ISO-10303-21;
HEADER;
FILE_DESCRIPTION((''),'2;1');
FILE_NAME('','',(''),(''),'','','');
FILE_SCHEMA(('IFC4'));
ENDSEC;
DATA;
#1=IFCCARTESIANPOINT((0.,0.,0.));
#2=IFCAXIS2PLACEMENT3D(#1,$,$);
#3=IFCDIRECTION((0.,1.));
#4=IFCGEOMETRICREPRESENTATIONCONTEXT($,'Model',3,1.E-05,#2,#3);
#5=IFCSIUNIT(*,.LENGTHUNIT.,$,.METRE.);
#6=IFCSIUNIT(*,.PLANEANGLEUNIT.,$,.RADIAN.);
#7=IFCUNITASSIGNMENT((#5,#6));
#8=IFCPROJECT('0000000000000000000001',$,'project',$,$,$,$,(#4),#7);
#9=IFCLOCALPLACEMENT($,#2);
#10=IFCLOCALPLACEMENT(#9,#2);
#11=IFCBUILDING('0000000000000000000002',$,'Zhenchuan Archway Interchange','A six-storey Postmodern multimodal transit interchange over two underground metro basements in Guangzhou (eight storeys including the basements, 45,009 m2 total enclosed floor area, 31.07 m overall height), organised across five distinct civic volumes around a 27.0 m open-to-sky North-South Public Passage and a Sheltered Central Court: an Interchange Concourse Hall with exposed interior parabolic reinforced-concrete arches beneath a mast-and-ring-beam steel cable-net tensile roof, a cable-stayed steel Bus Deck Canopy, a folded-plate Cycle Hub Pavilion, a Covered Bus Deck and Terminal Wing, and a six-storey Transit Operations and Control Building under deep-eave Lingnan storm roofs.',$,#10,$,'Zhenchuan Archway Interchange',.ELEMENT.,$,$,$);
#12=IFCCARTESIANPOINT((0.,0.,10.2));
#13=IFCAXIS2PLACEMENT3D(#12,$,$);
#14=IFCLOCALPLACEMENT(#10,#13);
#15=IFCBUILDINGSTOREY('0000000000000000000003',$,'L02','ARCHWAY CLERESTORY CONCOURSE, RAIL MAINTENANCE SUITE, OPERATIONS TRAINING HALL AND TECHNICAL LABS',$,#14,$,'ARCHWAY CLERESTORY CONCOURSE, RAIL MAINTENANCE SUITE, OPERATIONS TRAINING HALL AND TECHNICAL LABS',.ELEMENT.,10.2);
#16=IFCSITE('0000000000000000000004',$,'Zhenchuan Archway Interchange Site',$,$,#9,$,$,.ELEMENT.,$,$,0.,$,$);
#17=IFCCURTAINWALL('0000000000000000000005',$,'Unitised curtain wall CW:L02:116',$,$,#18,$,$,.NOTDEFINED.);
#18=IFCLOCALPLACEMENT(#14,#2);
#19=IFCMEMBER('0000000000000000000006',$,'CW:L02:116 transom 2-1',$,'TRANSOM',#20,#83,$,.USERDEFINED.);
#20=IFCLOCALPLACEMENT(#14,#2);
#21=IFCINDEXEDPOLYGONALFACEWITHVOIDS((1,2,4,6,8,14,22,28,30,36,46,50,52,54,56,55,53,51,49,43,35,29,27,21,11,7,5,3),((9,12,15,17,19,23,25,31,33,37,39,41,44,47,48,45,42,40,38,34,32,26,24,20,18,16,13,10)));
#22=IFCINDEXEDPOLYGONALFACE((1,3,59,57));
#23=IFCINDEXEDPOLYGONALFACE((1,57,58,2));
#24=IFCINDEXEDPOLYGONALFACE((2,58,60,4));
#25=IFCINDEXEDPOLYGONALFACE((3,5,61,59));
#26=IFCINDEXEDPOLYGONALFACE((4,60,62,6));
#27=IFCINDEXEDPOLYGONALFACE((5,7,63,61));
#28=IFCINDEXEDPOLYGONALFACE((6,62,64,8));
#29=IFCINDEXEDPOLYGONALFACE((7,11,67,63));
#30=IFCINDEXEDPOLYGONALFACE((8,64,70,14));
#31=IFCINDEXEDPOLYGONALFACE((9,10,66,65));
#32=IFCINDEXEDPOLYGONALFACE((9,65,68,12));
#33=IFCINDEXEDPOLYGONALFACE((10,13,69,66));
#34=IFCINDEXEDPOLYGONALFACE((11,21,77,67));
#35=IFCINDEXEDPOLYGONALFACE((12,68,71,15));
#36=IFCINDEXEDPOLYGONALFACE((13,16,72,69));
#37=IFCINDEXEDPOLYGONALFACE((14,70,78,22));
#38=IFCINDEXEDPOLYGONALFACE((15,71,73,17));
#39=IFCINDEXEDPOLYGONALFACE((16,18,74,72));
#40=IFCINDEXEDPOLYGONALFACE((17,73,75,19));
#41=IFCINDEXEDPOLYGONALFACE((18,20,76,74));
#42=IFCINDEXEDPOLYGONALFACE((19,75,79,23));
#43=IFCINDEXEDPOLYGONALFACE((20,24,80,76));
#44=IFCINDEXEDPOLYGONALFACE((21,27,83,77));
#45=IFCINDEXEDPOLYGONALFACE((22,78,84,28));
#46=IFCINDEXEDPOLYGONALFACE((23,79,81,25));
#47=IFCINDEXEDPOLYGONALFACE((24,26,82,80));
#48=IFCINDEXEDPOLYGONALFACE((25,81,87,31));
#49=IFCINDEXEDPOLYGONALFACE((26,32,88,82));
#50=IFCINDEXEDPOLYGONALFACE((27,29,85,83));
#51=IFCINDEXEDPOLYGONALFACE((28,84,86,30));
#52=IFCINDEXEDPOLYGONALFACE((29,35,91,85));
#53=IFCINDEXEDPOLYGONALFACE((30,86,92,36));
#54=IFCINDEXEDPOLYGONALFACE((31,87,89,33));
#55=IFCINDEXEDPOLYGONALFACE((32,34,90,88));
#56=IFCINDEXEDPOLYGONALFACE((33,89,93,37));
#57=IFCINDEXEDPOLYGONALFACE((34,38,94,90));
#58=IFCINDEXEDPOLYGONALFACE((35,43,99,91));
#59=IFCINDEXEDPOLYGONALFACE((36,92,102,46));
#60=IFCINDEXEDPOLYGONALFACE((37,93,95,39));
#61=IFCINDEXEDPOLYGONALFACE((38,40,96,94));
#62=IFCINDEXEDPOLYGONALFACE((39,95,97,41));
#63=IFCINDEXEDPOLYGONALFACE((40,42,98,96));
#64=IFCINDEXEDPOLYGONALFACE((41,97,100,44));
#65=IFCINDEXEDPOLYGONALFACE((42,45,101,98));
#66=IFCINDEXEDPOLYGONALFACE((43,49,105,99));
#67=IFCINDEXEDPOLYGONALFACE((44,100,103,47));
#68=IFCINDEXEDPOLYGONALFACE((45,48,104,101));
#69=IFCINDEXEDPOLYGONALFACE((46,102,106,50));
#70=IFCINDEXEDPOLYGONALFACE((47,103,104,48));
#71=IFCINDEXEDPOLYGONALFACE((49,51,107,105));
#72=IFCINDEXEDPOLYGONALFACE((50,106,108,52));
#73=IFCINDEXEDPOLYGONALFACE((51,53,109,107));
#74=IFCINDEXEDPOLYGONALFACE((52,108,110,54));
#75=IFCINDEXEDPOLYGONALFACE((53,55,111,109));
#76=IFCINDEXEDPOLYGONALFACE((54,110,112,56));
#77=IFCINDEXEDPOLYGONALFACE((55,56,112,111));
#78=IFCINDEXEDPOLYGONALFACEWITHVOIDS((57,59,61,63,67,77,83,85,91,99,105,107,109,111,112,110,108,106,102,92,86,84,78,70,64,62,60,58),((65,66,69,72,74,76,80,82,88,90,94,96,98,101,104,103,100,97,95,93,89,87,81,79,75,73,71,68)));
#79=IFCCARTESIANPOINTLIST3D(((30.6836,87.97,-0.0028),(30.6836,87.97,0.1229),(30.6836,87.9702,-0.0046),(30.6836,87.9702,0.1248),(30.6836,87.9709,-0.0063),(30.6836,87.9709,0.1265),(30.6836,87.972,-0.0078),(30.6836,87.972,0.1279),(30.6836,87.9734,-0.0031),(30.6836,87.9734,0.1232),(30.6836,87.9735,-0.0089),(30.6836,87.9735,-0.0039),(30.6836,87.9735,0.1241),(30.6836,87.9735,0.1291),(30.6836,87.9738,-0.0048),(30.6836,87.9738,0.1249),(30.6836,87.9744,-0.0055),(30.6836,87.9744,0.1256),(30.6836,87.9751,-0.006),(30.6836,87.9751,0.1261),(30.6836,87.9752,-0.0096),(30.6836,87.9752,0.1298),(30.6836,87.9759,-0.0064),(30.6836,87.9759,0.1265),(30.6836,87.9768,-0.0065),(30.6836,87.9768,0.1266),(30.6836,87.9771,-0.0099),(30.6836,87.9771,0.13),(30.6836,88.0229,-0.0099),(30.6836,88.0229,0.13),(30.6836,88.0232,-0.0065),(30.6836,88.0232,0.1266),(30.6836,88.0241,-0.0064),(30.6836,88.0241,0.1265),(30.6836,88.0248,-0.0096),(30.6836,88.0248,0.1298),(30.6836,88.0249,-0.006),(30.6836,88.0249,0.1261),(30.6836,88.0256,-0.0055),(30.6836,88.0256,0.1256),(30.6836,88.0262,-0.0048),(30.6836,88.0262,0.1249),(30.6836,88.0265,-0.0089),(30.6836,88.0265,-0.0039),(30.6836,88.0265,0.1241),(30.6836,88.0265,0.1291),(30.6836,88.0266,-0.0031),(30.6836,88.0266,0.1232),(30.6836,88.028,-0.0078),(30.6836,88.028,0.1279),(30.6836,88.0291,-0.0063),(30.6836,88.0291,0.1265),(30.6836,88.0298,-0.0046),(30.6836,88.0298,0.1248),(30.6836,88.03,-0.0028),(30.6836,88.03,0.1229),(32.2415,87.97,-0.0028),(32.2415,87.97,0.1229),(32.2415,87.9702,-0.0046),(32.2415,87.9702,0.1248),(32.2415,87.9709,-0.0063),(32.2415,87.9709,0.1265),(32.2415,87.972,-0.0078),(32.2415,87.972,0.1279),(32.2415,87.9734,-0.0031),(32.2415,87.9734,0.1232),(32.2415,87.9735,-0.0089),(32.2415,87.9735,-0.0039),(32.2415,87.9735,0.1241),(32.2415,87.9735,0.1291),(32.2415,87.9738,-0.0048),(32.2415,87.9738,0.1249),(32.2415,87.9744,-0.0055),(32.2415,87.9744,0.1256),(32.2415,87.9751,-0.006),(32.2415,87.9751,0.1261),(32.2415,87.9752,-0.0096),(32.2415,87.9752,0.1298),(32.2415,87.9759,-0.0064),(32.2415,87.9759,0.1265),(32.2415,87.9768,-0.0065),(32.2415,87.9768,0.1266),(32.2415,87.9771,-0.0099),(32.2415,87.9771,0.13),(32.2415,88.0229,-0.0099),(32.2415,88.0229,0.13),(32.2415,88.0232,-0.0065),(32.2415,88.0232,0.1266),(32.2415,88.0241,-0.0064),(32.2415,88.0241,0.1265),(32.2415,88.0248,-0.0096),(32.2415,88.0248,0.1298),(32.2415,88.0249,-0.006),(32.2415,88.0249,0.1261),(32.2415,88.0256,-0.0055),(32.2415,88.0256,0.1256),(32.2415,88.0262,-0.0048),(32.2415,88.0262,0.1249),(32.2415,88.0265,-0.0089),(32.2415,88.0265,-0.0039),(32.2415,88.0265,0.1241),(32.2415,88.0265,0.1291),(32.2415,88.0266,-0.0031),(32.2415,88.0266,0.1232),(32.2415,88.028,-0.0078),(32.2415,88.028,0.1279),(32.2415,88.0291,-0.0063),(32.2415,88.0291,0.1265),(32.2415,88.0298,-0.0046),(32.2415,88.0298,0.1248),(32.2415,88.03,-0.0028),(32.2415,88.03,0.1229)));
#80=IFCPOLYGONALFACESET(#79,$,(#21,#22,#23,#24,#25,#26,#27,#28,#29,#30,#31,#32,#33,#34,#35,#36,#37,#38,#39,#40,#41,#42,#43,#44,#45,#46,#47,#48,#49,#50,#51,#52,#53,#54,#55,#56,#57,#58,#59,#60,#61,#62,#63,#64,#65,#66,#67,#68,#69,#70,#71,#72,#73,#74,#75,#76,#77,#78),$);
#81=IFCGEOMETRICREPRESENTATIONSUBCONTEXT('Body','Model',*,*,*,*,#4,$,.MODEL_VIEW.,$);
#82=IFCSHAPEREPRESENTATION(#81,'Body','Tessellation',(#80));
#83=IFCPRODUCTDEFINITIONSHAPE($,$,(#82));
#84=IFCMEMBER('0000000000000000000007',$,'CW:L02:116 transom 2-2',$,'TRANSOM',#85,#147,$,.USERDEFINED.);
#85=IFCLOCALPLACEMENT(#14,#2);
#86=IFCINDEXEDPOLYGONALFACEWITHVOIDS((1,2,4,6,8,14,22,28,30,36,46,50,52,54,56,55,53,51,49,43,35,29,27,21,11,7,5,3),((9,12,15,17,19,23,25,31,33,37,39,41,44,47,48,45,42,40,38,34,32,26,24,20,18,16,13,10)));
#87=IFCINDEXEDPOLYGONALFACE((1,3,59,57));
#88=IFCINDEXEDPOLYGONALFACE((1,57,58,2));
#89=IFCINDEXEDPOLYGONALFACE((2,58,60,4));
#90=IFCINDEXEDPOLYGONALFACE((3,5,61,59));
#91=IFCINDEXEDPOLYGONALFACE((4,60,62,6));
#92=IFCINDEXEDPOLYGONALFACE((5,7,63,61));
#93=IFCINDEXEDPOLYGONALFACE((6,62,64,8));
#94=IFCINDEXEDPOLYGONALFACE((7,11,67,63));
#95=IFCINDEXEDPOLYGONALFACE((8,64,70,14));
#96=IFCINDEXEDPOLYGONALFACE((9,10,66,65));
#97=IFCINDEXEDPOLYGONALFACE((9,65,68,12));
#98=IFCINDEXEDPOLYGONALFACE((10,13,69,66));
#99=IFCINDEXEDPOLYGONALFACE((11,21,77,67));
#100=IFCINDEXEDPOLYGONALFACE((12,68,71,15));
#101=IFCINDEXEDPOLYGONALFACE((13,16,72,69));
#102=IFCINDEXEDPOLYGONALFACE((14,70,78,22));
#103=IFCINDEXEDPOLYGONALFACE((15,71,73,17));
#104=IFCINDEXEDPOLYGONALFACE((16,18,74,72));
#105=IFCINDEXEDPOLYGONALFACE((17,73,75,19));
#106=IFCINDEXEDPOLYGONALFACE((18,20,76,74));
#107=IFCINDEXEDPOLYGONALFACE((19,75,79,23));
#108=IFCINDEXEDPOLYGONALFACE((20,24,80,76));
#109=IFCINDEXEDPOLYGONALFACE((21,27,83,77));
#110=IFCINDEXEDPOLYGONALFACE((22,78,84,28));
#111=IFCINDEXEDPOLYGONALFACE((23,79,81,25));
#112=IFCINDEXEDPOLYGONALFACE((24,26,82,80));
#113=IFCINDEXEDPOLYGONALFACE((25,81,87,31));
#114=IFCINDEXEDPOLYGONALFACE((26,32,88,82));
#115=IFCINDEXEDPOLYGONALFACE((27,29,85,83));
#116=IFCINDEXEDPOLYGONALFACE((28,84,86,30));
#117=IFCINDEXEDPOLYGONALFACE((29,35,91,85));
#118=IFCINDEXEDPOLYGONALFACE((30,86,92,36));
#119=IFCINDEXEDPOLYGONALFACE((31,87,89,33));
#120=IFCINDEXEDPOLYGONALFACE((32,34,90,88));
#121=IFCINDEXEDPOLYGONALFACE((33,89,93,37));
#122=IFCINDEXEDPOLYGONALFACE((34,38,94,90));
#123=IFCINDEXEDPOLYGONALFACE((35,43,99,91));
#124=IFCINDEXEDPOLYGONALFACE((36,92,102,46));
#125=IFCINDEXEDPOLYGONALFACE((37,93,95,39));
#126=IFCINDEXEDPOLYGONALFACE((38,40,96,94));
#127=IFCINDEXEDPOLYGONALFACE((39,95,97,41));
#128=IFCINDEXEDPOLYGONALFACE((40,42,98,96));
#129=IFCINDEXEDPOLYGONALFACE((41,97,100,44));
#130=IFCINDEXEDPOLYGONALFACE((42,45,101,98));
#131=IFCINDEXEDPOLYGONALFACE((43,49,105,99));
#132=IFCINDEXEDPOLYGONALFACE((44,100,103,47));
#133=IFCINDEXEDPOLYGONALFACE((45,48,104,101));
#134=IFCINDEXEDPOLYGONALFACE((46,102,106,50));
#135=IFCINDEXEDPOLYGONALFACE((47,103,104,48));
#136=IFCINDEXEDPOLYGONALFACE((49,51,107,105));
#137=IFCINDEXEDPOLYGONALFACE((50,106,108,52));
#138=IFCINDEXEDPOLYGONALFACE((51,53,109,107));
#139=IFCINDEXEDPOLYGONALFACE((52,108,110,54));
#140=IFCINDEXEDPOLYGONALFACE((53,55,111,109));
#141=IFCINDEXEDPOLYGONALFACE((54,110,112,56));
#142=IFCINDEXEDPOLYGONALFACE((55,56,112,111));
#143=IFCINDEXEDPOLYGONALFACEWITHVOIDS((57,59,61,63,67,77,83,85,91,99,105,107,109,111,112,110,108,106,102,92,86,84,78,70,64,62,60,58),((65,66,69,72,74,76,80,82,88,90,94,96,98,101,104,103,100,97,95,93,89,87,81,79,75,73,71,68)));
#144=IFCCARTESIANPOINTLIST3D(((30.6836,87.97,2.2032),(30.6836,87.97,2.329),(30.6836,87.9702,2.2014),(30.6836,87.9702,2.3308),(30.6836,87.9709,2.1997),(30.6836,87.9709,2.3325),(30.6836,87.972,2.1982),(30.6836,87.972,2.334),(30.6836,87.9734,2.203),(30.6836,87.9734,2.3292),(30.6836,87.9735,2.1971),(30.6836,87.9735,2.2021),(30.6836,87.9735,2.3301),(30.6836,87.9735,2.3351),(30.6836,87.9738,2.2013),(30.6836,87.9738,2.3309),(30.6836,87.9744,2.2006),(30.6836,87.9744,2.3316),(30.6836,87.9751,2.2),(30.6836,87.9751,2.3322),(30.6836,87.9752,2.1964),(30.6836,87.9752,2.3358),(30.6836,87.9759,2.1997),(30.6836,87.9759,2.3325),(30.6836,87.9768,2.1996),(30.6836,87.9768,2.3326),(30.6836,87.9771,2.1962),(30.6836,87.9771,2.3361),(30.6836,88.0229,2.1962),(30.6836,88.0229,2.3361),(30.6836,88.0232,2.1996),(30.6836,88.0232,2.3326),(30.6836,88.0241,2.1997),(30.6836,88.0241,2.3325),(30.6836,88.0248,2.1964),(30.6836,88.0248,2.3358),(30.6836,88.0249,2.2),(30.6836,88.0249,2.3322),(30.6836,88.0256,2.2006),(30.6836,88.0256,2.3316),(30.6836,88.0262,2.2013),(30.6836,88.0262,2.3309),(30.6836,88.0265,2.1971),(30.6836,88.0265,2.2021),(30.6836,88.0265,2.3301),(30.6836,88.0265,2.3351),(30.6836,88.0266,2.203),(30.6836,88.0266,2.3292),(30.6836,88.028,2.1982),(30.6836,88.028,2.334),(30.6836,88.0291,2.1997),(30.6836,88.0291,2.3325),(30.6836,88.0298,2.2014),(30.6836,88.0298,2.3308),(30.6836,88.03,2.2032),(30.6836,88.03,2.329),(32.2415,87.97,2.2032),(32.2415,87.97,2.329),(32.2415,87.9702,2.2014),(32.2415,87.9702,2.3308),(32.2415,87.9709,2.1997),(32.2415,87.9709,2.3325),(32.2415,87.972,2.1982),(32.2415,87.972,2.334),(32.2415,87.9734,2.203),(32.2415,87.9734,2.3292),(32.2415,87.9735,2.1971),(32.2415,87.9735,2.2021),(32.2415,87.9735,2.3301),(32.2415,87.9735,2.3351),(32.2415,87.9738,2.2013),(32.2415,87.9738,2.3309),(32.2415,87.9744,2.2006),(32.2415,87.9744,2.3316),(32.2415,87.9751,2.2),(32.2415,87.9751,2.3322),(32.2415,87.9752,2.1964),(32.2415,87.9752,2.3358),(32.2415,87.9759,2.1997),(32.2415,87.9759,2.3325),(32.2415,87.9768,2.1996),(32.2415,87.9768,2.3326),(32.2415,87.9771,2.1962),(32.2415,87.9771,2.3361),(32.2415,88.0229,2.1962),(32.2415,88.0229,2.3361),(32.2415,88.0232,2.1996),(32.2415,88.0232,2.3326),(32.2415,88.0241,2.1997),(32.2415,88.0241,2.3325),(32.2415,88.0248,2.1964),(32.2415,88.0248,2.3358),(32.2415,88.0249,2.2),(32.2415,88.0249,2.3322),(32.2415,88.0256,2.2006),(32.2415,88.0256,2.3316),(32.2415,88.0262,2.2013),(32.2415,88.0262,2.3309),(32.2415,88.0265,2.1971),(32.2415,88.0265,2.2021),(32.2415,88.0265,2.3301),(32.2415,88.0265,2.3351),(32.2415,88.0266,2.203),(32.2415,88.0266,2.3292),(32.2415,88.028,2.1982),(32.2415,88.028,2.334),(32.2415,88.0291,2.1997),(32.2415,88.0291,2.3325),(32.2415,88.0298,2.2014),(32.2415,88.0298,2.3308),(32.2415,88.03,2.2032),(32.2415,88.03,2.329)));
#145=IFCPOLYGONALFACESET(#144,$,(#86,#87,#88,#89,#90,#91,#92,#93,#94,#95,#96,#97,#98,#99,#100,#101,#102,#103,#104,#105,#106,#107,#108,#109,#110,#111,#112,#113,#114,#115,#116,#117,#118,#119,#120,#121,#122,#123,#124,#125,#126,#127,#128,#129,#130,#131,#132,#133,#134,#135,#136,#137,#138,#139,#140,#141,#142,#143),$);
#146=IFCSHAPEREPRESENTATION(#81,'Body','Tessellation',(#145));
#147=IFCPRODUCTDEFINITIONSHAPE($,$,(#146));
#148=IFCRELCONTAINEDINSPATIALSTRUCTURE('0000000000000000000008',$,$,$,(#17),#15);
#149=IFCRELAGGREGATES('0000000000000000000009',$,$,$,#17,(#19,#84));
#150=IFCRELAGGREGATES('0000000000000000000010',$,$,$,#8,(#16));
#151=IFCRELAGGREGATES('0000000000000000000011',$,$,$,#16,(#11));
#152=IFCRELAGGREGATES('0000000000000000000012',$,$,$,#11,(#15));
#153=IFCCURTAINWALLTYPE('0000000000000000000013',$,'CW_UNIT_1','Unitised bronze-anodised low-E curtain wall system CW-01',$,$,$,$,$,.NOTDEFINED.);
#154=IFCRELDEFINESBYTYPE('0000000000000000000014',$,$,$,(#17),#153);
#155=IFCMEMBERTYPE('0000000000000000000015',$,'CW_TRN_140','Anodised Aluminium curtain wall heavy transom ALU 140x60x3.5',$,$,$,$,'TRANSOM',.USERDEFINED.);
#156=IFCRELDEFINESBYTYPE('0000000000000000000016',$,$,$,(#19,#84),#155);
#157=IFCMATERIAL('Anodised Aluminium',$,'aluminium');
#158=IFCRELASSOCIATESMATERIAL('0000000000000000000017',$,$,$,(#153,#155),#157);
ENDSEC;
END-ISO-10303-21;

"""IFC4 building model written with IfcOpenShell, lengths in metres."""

from ifc_helpers import new_model, si_unit, direction, frame, origin, origin_2d, place, context, subcontext, project, spatial, hollow_rectangle, extrude, material, material_profile, profile_set, type_object, element, aggregate, save


model = new_model("IFC4")

# Units and contexts
model_context = context("Model", 3, precision=1e-05, world=origin(), true_north=direction((0.0, 1.0)))
body_context = subcontext(model_context, "Body", "Model", "MODEL_VIEW")
ifc_project = project(units=[si_unit("LENGTHUNIT", "METRE"), si_unit("PLANEANGLEUNIT", "RADIAN")], contexts=[model_context])

# Site, building, storey
site_placement = place(None, origin())
site = spatial("IfcSite", under=ifc_project, at=site_placement, Name="Zhenchuan Archway Interchange Site", CompositionType="ELEMENT", RefElevation=0.0)
building_placement = place(site_placement, origin())
building = spatial("IfcBuilding", under=site, at=building_placement, Name="Zhenchuan Archway Interchange", Description="A six-storey Postmodern multimodal transit interchange over two underground metro basements in Guangzhou (eight storeys including the basements, 45,009 m2 total enclosed floor area, 31.07 m overall height), organised across five distinct civic volumes around a 27.0 m open-to-sky North-South Public Passage and a Sheltered Central Court: an Interchange Concourse Hall with exposed interior parabolic reinforced-concrete arches beneath a mast-and-ring-beam steel cable-net tensile roof, a cable-stayed steel Bus Deck Canopy, a folded-plate Cycle Hub Pavilion, a Covered Bus Deck and Terminal Wing, and a six-storey Transit Operations and Control Building under deep-eave Lingnan storm roofs.", LongName="Zhenchuan Archway Interchange", CompositionType="ELEMENT")
storey_placement = place(building_placement, frame((0.0, 0.0, 10.2)))
storey = spatial("IfcBuildingStorey", under=building, at=storey_placement, Name="L02", Description="ARCHWAY CLERESTORY CONCOURSE, RAIL MAINTENANCE SUITE, OPERATIONS TRAINING HALL AND TECHNICAL LABS", LongName="ARCHWAY CLERESTORY CONCOURSE, RAIL MAINTENANCE SUITE, OPERATIONS TRAINING HALL AND TECHNICAL LABS", CompositionType="ELEMENT", Elevation=10.2)

# Curtain wall, members
ifc_material_1 = material(Name="Anodised Aluminium", Category="aluminium")
curtain_wall_type = type_object("IfcCurtainWallType", Name="CW_UNIT_1", Description="Unitised bronze-anodised low-E curtain wall system CW-01", PredefinedType="NOTDEFINED", material=ifc_material_1)
curtain_wall_placement = place(storey_placement, origin())
curtain_wall = element("IfcCurtainWall", 1, at=curtain_wall_placement, inside=storey, type_object=curtain_wall_type, Name="Unitised curtain wall CW:L02:116", PredefinedType="NOTDEFINED")
ifc_material_profile_1 = material_profile(ifc_material_1, hollow_rectangle(XDim=0.0601, YDim=0.1399, WallThickness=0.0034, InnerFilletRadius=0.0034, OuterFilletRadius=0.0071, at=origin_2d()), Name="ALU 140x60x3.5")
ifc_profile_set_1 = profile_set([ifc_material_profile_1], Name="Anodised Aluminium")
member_type_1 = type_object("IfcMemberType", Name="CW_TRN_140", Description="Anodised Aluminium curtain wall heavy transom ALU 140x60x3.5", ElementType="TRANSOM", PredefinedType="USERDEFINED", material=ifc_profile_set_1)
member_1_placement = place(storey_placement, frame((30.6836, 88.0, 0.0601), z_axis=(1.0, 0.0, 0.0), x_axis=(0.0, 1.0, 0.0)))
member_1 = element("IfcMember", 2, at=member_1_placement, type_object=member_type_1, Name="CW:L02:116 transom 2-1", ObjectType="TRANSOM", PredefinedType="USERDEFINED", context=body_context, shape_type="SweptSolid", body=[
    extrude(hollow_rectangle(XDim=0.0601, YDim=0.1399, WallThickness=0.0034, InnerFilletRadius=0.0034, OuterFilletRadius=0.0071, at=origin_2d()), origin(), (0.0, 0.0, 1.0), 1.5579),
])
member_2_placement = place(storey_placement, frame((30.6836, 88.0, 2.2661), z_axis=(1.0, 0.0, 0.0), x_axis=(0.0, 1.0, 0.0)))
member_2 = element("IfcMember", 3, at=member_2_placement, type_object=member_type_1, Name="CW:L02:116 transom 2-2", ObjectType="TRANSOM", PredefinedType="USERDEFINED", context=body_context, shape_type="SweptSolid", body=[
    extrude(hollow_rectangle(XDim=0.0601, YDim=0.1399, WallThickness=0.0034, InnerFilletRadius=0.0034, OuterFilletRadius=0.0071, at=origin_2d()), origin(), (0.0, 0.0, 1.0), 1.5579),
])

aggregate(curtain_wall, [member_1, member_2])

save(model, "model.ifc")
